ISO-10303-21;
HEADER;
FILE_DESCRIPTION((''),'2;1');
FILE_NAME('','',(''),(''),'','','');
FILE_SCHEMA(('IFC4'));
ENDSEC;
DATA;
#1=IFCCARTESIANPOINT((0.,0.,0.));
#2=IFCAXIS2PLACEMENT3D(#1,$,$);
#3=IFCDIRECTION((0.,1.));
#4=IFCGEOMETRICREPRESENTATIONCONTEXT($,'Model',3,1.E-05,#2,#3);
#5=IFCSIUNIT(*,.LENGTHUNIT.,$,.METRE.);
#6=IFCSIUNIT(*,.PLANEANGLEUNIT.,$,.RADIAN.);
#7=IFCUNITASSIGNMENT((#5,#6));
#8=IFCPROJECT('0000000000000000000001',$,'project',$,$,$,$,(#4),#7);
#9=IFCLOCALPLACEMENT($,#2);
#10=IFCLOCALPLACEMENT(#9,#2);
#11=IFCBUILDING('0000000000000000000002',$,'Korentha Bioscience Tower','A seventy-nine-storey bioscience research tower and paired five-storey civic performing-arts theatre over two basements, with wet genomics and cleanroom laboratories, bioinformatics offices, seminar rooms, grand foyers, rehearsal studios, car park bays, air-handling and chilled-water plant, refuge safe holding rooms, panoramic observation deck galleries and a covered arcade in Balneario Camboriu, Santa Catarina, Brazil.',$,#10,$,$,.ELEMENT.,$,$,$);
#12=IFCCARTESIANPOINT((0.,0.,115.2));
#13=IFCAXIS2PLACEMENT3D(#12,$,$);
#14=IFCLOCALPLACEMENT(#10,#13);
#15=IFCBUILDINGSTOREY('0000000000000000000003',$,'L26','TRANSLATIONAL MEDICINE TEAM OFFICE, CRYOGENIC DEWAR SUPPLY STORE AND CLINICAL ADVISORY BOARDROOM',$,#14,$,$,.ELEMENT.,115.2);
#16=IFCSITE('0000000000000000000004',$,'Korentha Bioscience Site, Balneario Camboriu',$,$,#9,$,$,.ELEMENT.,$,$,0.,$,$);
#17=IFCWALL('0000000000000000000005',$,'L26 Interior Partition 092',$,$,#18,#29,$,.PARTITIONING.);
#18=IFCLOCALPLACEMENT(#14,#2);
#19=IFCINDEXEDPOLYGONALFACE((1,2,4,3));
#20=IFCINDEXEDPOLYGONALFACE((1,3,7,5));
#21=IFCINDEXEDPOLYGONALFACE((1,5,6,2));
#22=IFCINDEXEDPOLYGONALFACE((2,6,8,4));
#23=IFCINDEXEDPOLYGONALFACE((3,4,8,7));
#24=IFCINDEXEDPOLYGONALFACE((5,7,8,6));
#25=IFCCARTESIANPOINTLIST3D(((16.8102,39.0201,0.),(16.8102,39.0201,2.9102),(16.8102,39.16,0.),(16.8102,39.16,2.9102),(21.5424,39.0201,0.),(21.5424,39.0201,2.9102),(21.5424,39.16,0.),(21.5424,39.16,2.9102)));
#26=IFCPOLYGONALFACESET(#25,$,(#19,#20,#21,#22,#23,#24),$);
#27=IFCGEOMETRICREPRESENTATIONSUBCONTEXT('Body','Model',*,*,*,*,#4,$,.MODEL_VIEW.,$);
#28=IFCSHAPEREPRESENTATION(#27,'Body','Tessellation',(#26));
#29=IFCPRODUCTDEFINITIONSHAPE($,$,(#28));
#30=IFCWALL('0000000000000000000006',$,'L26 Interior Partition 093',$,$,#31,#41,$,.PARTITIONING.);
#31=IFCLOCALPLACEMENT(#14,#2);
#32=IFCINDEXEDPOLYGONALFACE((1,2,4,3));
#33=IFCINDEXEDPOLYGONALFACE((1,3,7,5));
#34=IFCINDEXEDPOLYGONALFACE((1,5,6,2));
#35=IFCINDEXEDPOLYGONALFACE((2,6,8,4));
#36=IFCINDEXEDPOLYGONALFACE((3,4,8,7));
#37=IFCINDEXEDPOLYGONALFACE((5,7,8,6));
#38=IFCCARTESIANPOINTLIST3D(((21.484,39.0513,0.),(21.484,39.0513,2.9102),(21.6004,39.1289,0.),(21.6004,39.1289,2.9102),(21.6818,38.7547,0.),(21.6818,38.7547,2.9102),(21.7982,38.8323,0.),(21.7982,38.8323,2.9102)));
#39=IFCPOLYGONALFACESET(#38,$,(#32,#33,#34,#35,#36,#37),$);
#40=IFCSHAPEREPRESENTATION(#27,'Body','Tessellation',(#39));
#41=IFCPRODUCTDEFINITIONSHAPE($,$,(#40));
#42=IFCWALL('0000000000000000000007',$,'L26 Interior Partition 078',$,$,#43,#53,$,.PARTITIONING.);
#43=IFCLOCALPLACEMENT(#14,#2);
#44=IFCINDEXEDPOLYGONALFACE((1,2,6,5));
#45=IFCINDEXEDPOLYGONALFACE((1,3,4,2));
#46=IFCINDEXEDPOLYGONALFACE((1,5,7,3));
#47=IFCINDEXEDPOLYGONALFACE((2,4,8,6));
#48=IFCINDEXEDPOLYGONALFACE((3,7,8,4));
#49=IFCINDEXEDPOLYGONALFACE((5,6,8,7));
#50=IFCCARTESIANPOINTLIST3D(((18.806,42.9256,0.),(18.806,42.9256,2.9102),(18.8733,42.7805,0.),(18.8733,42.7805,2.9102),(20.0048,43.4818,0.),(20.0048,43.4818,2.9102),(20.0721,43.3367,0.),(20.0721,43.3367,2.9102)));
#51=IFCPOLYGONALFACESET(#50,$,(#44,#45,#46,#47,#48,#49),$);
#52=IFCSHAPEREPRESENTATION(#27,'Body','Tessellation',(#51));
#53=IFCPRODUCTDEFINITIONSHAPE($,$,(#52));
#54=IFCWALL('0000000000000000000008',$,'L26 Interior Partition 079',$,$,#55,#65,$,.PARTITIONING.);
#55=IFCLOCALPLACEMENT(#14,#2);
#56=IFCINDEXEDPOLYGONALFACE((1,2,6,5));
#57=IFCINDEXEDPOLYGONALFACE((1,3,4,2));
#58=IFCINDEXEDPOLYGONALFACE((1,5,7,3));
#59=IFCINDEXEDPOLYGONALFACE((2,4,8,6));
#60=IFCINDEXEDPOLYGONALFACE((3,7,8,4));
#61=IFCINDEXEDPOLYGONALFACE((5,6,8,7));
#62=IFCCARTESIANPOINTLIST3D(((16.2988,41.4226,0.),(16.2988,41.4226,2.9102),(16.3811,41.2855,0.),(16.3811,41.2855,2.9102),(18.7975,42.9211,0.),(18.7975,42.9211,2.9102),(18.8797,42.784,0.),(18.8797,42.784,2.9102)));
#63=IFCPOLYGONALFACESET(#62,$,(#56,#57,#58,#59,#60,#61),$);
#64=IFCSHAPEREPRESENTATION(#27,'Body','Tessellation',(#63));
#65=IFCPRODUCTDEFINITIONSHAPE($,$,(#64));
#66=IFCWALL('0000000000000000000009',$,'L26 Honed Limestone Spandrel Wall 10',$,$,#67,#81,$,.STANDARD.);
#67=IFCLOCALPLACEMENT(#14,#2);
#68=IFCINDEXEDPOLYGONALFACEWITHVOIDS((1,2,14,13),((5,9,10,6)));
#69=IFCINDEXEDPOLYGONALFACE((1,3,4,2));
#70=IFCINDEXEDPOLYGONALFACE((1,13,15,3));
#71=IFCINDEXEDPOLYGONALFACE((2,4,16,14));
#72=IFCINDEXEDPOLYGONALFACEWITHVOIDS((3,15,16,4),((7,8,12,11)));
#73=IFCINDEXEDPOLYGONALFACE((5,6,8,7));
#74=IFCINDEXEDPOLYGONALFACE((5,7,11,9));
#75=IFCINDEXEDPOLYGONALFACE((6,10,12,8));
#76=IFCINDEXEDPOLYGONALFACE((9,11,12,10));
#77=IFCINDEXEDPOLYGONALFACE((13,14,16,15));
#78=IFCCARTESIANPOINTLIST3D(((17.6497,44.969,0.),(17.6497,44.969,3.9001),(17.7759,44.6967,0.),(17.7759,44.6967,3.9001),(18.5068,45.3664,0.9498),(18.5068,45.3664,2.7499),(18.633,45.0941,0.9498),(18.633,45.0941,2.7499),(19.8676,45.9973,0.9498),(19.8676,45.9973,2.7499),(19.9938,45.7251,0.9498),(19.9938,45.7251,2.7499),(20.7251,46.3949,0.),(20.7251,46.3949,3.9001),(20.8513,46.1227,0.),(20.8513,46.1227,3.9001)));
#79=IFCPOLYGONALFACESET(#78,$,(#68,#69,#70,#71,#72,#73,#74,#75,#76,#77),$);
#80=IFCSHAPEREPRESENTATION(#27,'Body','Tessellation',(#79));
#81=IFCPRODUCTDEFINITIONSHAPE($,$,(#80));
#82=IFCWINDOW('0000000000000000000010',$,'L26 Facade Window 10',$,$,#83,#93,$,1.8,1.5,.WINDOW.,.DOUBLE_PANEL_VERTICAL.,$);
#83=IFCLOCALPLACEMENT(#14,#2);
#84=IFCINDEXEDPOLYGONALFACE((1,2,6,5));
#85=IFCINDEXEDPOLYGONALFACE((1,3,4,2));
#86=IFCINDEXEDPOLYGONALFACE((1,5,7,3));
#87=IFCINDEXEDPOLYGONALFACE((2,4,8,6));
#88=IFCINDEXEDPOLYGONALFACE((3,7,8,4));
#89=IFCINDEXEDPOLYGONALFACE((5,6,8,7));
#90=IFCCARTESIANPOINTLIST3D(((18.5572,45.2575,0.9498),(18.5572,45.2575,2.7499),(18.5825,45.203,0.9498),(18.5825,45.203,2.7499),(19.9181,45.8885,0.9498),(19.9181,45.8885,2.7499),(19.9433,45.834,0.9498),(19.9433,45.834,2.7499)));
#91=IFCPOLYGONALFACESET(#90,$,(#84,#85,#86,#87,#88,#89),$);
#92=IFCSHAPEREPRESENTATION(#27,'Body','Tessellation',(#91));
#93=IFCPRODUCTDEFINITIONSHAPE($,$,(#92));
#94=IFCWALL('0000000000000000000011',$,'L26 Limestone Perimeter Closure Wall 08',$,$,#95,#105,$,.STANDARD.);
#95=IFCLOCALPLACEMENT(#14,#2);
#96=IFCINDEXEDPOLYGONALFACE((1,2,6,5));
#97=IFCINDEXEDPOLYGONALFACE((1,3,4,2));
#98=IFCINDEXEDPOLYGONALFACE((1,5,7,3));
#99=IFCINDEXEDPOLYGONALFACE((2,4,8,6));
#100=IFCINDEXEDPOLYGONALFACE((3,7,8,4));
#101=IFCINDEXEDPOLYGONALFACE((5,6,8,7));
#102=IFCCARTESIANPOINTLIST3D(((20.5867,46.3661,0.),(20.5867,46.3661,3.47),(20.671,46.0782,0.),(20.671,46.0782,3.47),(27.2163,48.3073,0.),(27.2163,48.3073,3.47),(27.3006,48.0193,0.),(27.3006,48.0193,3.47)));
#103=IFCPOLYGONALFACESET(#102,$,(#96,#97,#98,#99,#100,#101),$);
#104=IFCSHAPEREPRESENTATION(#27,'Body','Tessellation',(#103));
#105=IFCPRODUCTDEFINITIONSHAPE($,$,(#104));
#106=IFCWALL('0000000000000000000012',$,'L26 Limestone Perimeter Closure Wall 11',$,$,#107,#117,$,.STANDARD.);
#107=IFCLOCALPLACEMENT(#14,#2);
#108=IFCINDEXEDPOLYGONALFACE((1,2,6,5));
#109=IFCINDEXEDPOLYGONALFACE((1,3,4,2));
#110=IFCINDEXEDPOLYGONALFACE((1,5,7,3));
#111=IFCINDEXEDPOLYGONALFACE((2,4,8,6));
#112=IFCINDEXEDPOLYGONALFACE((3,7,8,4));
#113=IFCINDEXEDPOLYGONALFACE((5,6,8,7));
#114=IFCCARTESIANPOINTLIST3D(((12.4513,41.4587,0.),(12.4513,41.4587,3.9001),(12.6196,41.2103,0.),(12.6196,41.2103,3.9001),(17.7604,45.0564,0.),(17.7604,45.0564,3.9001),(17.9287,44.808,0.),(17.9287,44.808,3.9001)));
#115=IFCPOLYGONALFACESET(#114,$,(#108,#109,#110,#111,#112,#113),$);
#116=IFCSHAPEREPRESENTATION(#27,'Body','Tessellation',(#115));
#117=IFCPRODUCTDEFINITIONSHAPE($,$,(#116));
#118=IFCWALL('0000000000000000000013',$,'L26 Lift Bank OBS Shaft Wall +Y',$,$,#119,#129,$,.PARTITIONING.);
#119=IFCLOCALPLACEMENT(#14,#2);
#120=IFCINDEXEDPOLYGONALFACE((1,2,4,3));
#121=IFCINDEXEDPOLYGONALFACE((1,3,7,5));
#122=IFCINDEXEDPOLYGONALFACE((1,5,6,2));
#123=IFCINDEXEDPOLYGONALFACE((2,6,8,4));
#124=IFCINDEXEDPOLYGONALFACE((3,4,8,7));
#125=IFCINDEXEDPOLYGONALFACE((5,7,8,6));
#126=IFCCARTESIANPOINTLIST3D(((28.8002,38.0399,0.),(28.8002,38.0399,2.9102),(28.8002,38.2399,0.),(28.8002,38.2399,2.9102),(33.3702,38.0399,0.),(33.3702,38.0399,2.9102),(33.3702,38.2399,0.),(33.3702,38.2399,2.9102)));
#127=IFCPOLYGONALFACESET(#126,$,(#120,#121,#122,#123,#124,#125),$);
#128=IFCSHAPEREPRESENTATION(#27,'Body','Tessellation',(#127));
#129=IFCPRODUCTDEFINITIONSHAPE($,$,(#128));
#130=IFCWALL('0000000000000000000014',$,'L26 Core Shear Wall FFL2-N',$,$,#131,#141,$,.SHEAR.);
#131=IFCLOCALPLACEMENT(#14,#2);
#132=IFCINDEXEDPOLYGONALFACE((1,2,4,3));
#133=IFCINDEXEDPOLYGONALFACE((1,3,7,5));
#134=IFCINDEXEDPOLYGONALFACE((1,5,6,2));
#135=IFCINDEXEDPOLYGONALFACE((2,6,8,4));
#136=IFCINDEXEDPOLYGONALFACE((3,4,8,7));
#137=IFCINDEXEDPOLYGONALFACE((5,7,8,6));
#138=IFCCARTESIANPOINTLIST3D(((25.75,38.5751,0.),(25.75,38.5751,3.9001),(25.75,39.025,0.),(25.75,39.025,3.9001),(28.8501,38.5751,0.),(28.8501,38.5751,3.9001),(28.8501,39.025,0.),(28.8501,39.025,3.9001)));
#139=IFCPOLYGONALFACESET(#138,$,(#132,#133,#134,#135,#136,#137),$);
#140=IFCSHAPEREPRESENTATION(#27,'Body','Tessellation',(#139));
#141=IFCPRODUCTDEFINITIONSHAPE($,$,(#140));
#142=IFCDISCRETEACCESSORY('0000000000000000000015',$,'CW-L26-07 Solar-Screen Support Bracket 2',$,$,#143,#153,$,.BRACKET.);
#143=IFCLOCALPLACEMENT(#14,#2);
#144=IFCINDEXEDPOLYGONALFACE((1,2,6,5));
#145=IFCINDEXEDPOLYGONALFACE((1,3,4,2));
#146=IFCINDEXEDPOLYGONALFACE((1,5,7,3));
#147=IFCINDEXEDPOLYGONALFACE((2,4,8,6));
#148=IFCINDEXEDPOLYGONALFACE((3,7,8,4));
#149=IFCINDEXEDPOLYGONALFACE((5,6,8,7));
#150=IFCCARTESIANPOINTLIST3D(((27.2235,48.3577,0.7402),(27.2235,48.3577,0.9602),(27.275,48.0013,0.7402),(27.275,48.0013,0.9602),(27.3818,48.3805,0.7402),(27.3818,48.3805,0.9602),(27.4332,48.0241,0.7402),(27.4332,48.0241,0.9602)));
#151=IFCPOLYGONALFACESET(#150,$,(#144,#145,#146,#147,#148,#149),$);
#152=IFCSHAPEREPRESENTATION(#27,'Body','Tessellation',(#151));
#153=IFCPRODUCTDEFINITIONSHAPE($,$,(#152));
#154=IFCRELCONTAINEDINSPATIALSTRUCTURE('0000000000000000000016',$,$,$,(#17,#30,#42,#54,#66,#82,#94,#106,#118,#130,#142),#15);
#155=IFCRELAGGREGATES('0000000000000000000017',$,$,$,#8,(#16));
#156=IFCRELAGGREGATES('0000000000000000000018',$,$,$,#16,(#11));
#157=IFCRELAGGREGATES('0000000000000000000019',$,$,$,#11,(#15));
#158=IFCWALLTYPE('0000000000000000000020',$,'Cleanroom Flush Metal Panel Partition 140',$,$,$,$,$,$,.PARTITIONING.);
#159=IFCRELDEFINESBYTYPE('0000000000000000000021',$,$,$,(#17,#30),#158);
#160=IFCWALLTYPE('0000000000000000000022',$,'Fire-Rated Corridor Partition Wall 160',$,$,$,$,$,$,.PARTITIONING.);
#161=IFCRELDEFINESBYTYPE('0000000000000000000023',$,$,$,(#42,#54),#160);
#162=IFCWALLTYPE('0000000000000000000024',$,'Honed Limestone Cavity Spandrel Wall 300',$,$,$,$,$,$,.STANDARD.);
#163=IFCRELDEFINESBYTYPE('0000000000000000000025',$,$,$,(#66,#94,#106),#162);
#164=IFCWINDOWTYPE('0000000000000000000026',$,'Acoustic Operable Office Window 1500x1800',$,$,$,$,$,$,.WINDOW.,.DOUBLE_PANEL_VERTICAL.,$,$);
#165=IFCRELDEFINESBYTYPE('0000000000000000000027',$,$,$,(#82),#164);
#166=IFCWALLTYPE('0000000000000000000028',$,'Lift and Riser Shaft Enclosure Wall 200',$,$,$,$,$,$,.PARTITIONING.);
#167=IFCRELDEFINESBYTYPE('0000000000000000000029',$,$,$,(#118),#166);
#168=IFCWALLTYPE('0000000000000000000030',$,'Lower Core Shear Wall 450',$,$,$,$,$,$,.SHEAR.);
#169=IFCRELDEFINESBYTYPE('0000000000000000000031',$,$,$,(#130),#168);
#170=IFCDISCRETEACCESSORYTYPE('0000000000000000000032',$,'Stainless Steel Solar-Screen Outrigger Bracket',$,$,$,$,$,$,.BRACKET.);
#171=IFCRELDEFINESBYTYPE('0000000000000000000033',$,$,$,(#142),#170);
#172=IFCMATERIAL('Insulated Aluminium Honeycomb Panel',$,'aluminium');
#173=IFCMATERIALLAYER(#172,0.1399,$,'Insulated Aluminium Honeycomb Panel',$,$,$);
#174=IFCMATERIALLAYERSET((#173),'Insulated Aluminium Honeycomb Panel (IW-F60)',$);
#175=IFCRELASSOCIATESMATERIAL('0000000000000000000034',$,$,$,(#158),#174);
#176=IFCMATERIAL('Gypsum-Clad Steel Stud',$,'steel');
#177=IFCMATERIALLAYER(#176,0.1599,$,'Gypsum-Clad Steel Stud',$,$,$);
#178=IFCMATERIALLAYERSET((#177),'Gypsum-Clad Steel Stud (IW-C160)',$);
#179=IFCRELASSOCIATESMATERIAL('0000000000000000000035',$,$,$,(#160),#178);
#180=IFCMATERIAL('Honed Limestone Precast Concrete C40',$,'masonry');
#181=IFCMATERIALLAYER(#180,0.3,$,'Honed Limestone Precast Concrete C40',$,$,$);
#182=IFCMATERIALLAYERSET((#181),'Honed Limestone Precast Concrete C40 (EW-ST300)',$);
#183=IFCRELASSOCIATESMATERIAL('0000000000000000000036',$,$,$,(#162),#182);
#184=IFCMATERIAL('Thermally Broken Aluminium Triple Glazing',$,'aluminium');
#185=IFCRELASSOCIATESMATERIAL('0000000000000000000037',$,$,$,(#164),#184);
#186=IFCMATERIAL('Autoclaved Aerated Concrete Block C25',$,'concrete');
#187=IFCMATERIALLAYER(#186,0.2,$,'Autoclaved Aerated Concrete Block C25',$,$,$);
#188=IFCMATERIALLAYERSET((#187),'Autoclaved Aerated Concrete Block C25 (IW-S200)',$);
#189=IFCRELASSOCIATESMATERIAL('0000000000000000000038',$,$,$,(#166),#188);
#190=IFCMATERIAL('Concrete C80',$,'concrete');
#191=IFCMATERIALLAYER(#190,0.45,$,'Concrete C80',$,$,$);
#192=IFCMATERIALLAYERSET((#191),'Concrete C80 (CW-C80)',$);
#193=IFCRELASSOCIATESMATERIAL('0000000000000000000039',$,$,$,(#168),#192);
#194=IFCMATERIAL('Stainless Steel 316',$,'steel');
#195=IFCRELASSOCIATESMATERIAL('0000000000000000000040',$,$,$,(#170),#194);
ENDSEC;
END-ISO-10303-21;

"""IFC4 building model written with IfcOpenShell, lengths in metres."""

from ifc_helpers import new_model, si_unit, direction, frame, frame_2d, origin, origin_2d, place, context, subcontext, project, spatial, rectangle, extrude, material, layer, layer_set, type_object, element, fill, save


model = new_model("IFC4")

# Units and contexts
model_context = context("Model", 3, precision=1e-05, world=origin(), true_north=direction((0.0, 1.0)))
body_context = subcontext(model_context, "Body", "Model", "MODEL_VIEW")
ifc_project = project(units=[si_unit("LENGTHUNIT", "METRE"), si_unit("PLANEANGLEUNIT", "RADIAN")], contexts=[model_context])

# Site, building, storey
site_placement = place(None, origin())
site = spatial("IfcSite", under=ifc_project, at=site_placement, Name="Korentha Bioscience Site, Balneario Camboriu", CompositionType="ELEMENT", RefElevation=0.0)
building_placement = place(site_placement, origin())
building = spatial("IfcBuilding", under=site, at=building_placement, Name="Korentha Bioscience Tower", Description="A seventy-nine-storey bioscience research tower and paired five-storey civic performing-arts theatre over two basements, with wet genomics and cleanroom laboratories, bioinformatics offices, seminar rooms, grand foyers, rehearsal studios, car park bays, air-handling and chilled-water plant, refuge safe holding rooms, panoramic observation deck galleries and a covered arcade in Balneario Camboriu, Santa Catarina, Brazil.", CompositionType="ELEMENT")
storey_placement = place(building_placement, frame((0.0, 0.0, 115.2)))
storey = spatial("IfcBuildingStorey", under=building, at=storey_placement, Name="L26", Description="TRANSLATIONAL MEDICINE TEAM OFFICE, CRYOGENIC DEWAR SUPPLY STORE AND CLINICAL ADVISORY BOARDROOM", CompositionType="ELEMENT", Elevation=115.2)

# Shared definitions
ifc_material_1 = material(Name="Concrete C80", Category="concrete")

# Walls
ifc_material_2 = material(Name="Insulated Aluminium Honeycomb Panel", Category="aluminium")
ifc_layer_1 = layer(ifc_material_2, 0.1399, Name="Insulated Aluminium Honeycomb Panel")
ifc_layer_set_1 = layer_set([ifc_layer_1], Name="Insulated Aluminium Honeycomb Panel (IW-F60)")
wall_type_1 = type_object("IfcWallType", Name="Cleanroom Flush Metal Panel Partition 140", PredefinedType="PARTITIONING", material=ifc_layer_set_1)
wall_1_placement = place(storey_placement, frame((16.8101, 39.0901, 0.0), z_axis=(0.0, 0.0, 1.0), x_axis=(1.0, 0.0, 0.0)))
element("IfcWall", 1, at=wall_1_placement, inside=storey, type_object=wall_type_1, Name="L26 Interior Partition 092", PredefinedType="PARTITIONING", context=body_context, shape_type="SweptSolid", body=[
    extrude(rectangle(XDim=4.7322, YDim=0.1399, at=frame_2d((2.3662, 0.0))), origin(), (0.0, 0.0, 1.0), 2.9102),
])
wall_2_placement = place(storey_placement, frame((21.5422, 39.0901, 0.0), z_axis=(0.0, 0.0, 1.0), x_axis=(0.5547, -0.83205, 0.0)))
element("IfcWall", 2, at=wall_2_placement, inside=storey, type_object=wall_type_1, Name="L26 Interior Partition 093", PredefinedType="PARTITIONING", context=body_context, shape_type="SweptSolid", body=[
    extrude(rectangle(XDim=0.3564, YDim=0.1399, at=frame_2d((0.1782, 0.0))), origin(), (0.0, 0.0, 1.0), 2.9102),
])
ifc_material_3 = material(Name="Gypsum-Clad Steel Stud", Category="steel")
ifc_layer_2 = layer(ifc_material_3, 0.1599, Name="Gypsum-Clad Steel Stud")
ifc_layer_set_2 = layer_set([ifc_layer_2], Name="Gypsum-Clad Steel Stud (IW-C160)")
wall_type_2 = type_object("IfcWallType", Name="Fire-Rated Corridor Partition Wall 160", PredefinedType="PARTITIONING", material=ifc_layer_set_2)
wall_3_placement = place(storey_placement, frame((20.0383, 43.4092, 0.0), z_axis=(0.0, 0.0, 1.0), x_axis=(-0.907125, -0.420862, 0.0)))
element("IfcWall", 3, at=wall_3_placement, inside=storey, type_object=wall_type_2, Name="L26 Interior Partition 078", PredefinedType="PARTITIONING", context=body_context, shape_type="SweptSolid", body=[
    extrude(rectangle(XDim=1.3215, YDim=0.1599, at=frame_2d((0.6606, 0.0))), origin(), (0.0, 0.0, 1.0), 2.9102),
])
wall_4_placement = place(storey_placement, frame((18.8386, 42.8525, 0.0), z_axis=(0.0, 0.0, 1.0), x_axis=(-0.857604, -0.514311, 0.0)))
element("IfcWall", 4, at=wall_4_placement, inside=storey, type_object=wall_type_2, Name="L26 Interior Partition 079", PredefinedType="PARTITIONING", context=body_context, shape_type="SweptSolid", body=[
    extrude(rectangle(XDim=2.9136, YDim=0.1599, at=frame_2d((1.4568, 0.0))), origin(), (0.0, 0.0, 1.0), 2.9102),
])

# Wall, opening, window
ifc_material_4 = material(Name="Honed Limestone Precast Concrete C40", Category="masonry")
ifc_layer_3 = layer(ifc_material_4, 0.3, Name="Honed Limestone Precast Concrete C40")
ifc_layer_set_3 = layer_set([ifc_layer_3], Name="Honed Limestone Precast Concrete C40 (EW-ST300)")
wall_type_3 = type_object("IfcWallType", Name="Honed Limestone Cavity Spandrel Wall 300", PredefinedType="STANDARD", material=ifc_layer_set_3)
wall_5_placement = place(storey_placement, frame((20.7881, 46.2588, 0.0), z_axis=(0.0, 0.0, 1.0), x_axis=(-0.907218, -0.420661, 0.0)))
wall_5 = element("IfcWall", 5, at=wall_5_placement, inside=storey, type_object=wall_type_3, Name="L26 Honed Limestone Spandrel Wall 10", PredefinedType="STANDARD", context=body_context, shape_type="SweptSolid", body=[
    extrude(rectangle(XDim=3.3899, YDim=0.3, at=frame_2d((1.6948, 0.0))), origin(), (0.0, 0.0, 1.0), 3.9001),
])
opening_placement = place(wall_5_placement, frame((0.9451, 0.0, 0.95)))
opening = element("IfcOpeningElement", 6, at=opening_placement, cuts=wall_5, PredefinedType="OPENING", context=body_context, shape_type="SweptSolid", body=[
    extrude(rectangle(XDim=1.5, YDim=1.8, at=frame_2d((0.75, 0.8999))), frame((0.0, 0.165, 0.0), z_axis=(0.0, -1.0, 0.0), x_axis=(1.0, 0.0, 0.0)), (0.0, 0.0, 1.0), 0.3298),
])
ifc_material_5 = material(Name="Thermally Broken Aluminium Triple Glazing", Category="aluminium")
window_type = type_object("IfcWindowType", Name="Acoustic Operable Office Window 1500x1800", PartitioningType="DOUBLE_PANEL_VERTICAL", PredefinedType="WINDOW", material=ifc_material_5)
window_placement = place(opening_placement, origin())
window = element("IfcWindow", 7, at=window_placement, inside=storey, type_object=window_type, Name="L26 Facade Window 10", OverallHeight=1.8, OverallWidth=1.5, PartitioningType="DOUBLE_PANEL_VERTICAL", PredefinedType="WINDOW", context=body_context, shape_type="SweptSolid", body=[
    extrude(rectangle(XDim=1.5, YDim=1.8, at=frame_2d((0.75, 0.8999))), frame((0.0, 0.03, 0.0), z_axis=(0.0, -1.0, 0.0), x_axis=(1.0, 0.0, 0.0)), (0.0, 0.0, 1.0), 0.0601),
])
fill(opening, window)

# Walls
wall_6_placement = place(storey_placement, frame((27.2585, 48.1633, 0.0), z_axis=(0.0, 0.0, 1.0), x_axis=(-0.959707, -0.281003, 0.0)))
element("IfcWall", 8, at=wall_6_placement, inside=storey, type_object=wall_type_3, Name="L26 Limestone Perimeter Closure Wall 08", PredefinedType="STANDARD", context=body_context, shape_type="SweptSolid", body=[
    extrude(rectangle(XDim=6.908, YDim=0.3, at=frame_2d((3.4541, 0.0))), origin(), (0.0, 0.0, 1.0), 3.47),
])
wall_7_placement = place(storey_placement, frame((17.8445, 44.9321, 0.0), z_axis=(0.0, 0.0, 1.0), x_axis=(-0.827833, -0.560974, 0.0)))
element("IfcWall", 9, at=wall_7_placement, inside=storey, type_object=wall_type_3, Name="L26 Limestone Perimeter Closure Wall 11", PredefinedType="STANDARD", context=body_context, shape_type="SweptSolid", body=[
    extrude(rectangle(XDim=6.4133, YDim=0.3, at=frame_2d((3.2065, 0.0))), origin(), (0.0, 0.0, 1.0), 3.9001),
])
ifc_material_6 = material(Name="Autoclaved Aerated Concrete Block C25", Category="concrete")
ifc_layer_4 = layer(ifc_material_6, 0.2, Name="Autoclaved Aerated Concrete Block C25")
ifc_layer_set_4 = layer_set([ifc_layer_4], Name="Autoclaved Aerated Concrete Block C25 (IW-S200)")
wall_type_4 = type_object("IfcWallType", Name="Lift and Riser Shaft Enclosure Wall 200", PredefinedType="PARTITIONING", material=ifc_layer_set_4)
wall_8_placement = place(storey_placement, frame((28.8, 38.1399, 0.0), z_axis=(0.0, 0.0, 1.0), x_axis=(1.0, 0.0, 0.0)))
element("IfcWall", 10, at=wall_8_placement, inside=storey, type_object=wall_type_4, Name="L26 Lift Bank OBS Shaft Wall +Y", PredefinedType="PARTITIONING", context=body_context, shape_type="SweptSolid", body=[
    extrude(rectangle(XDim=4.5701, YDim=0.2, at=frame_2d((2.2852, 0.0))), origin(), (0.0, 0.0, 1.0), 2.9102),
])
ifc_layer_5 = layer(ifc_material_1, 0.45, Name="Concrete C80")
ifc_layer_set_5 = layer_set([ifc_layer_5], Name="Concrete C80 (CW-C80)")
wall_type_5 = type_object("IfcWallType", Name="Lower Core Shear Wall 450", PredefinedType="SHEAR", material=ifc_layer_set_5)
wall_9_placement = place(storey_placement, frame((25.75, 38.8, 0.0), z_axis=(0.0, 0.0, 1.0), x_axis=(1.0, 0.0, 0.0)))
element("IfcWall", 11, at=wall_9_placement, inside=storey, type_object=wall_type_5, Name="L26 Core Shear Wall FFL2-N", PredefinedType="SHEAR", context=body_context, shape_type="SweptSolid", body=[
    extrude(rectangle(XDim=3.1001, YDim=0.45, at=frame_2d((1.55, 0.0))), origin(), (0.0, 0.0, 1.0), 3.9001),
])

# Discrete accessory
ifc_material_7 = material(Name="Stainless Steel 316", Category="steel")
discrete_accessory_type = type_object("IfcDiscreteAccessoryType", Name="Stainless Steel Solar-Screen Outrigger Bracket", PredefinedType="BRACKET", material=ifc_material_7)
discrete_accessory_placement = place(storey_placement, frame((27.3284, 48.1909, 0.7402), z_axis=(0.0, 0.0, 1.0), x_axis=(-0.989738, -0.142892, 0.0)))
element("IfcDiscreteAccessory", 12, at=discrete_accessory_placement, inside=storey, type_object=discrete_accessory_type, Name="CW-L26-07 Solar-Screen Support Bracket 2", PredefinedType="BRACKET", context=body_context, shape_type="SweptSolid", body=[
    extrude(rectangle(XDim=0.1599, YDim=0.3601, at=origin_2d()), origin(), (0.0, 0.0, 1.0), 0.22),
])

save(model, "model.ifc")
